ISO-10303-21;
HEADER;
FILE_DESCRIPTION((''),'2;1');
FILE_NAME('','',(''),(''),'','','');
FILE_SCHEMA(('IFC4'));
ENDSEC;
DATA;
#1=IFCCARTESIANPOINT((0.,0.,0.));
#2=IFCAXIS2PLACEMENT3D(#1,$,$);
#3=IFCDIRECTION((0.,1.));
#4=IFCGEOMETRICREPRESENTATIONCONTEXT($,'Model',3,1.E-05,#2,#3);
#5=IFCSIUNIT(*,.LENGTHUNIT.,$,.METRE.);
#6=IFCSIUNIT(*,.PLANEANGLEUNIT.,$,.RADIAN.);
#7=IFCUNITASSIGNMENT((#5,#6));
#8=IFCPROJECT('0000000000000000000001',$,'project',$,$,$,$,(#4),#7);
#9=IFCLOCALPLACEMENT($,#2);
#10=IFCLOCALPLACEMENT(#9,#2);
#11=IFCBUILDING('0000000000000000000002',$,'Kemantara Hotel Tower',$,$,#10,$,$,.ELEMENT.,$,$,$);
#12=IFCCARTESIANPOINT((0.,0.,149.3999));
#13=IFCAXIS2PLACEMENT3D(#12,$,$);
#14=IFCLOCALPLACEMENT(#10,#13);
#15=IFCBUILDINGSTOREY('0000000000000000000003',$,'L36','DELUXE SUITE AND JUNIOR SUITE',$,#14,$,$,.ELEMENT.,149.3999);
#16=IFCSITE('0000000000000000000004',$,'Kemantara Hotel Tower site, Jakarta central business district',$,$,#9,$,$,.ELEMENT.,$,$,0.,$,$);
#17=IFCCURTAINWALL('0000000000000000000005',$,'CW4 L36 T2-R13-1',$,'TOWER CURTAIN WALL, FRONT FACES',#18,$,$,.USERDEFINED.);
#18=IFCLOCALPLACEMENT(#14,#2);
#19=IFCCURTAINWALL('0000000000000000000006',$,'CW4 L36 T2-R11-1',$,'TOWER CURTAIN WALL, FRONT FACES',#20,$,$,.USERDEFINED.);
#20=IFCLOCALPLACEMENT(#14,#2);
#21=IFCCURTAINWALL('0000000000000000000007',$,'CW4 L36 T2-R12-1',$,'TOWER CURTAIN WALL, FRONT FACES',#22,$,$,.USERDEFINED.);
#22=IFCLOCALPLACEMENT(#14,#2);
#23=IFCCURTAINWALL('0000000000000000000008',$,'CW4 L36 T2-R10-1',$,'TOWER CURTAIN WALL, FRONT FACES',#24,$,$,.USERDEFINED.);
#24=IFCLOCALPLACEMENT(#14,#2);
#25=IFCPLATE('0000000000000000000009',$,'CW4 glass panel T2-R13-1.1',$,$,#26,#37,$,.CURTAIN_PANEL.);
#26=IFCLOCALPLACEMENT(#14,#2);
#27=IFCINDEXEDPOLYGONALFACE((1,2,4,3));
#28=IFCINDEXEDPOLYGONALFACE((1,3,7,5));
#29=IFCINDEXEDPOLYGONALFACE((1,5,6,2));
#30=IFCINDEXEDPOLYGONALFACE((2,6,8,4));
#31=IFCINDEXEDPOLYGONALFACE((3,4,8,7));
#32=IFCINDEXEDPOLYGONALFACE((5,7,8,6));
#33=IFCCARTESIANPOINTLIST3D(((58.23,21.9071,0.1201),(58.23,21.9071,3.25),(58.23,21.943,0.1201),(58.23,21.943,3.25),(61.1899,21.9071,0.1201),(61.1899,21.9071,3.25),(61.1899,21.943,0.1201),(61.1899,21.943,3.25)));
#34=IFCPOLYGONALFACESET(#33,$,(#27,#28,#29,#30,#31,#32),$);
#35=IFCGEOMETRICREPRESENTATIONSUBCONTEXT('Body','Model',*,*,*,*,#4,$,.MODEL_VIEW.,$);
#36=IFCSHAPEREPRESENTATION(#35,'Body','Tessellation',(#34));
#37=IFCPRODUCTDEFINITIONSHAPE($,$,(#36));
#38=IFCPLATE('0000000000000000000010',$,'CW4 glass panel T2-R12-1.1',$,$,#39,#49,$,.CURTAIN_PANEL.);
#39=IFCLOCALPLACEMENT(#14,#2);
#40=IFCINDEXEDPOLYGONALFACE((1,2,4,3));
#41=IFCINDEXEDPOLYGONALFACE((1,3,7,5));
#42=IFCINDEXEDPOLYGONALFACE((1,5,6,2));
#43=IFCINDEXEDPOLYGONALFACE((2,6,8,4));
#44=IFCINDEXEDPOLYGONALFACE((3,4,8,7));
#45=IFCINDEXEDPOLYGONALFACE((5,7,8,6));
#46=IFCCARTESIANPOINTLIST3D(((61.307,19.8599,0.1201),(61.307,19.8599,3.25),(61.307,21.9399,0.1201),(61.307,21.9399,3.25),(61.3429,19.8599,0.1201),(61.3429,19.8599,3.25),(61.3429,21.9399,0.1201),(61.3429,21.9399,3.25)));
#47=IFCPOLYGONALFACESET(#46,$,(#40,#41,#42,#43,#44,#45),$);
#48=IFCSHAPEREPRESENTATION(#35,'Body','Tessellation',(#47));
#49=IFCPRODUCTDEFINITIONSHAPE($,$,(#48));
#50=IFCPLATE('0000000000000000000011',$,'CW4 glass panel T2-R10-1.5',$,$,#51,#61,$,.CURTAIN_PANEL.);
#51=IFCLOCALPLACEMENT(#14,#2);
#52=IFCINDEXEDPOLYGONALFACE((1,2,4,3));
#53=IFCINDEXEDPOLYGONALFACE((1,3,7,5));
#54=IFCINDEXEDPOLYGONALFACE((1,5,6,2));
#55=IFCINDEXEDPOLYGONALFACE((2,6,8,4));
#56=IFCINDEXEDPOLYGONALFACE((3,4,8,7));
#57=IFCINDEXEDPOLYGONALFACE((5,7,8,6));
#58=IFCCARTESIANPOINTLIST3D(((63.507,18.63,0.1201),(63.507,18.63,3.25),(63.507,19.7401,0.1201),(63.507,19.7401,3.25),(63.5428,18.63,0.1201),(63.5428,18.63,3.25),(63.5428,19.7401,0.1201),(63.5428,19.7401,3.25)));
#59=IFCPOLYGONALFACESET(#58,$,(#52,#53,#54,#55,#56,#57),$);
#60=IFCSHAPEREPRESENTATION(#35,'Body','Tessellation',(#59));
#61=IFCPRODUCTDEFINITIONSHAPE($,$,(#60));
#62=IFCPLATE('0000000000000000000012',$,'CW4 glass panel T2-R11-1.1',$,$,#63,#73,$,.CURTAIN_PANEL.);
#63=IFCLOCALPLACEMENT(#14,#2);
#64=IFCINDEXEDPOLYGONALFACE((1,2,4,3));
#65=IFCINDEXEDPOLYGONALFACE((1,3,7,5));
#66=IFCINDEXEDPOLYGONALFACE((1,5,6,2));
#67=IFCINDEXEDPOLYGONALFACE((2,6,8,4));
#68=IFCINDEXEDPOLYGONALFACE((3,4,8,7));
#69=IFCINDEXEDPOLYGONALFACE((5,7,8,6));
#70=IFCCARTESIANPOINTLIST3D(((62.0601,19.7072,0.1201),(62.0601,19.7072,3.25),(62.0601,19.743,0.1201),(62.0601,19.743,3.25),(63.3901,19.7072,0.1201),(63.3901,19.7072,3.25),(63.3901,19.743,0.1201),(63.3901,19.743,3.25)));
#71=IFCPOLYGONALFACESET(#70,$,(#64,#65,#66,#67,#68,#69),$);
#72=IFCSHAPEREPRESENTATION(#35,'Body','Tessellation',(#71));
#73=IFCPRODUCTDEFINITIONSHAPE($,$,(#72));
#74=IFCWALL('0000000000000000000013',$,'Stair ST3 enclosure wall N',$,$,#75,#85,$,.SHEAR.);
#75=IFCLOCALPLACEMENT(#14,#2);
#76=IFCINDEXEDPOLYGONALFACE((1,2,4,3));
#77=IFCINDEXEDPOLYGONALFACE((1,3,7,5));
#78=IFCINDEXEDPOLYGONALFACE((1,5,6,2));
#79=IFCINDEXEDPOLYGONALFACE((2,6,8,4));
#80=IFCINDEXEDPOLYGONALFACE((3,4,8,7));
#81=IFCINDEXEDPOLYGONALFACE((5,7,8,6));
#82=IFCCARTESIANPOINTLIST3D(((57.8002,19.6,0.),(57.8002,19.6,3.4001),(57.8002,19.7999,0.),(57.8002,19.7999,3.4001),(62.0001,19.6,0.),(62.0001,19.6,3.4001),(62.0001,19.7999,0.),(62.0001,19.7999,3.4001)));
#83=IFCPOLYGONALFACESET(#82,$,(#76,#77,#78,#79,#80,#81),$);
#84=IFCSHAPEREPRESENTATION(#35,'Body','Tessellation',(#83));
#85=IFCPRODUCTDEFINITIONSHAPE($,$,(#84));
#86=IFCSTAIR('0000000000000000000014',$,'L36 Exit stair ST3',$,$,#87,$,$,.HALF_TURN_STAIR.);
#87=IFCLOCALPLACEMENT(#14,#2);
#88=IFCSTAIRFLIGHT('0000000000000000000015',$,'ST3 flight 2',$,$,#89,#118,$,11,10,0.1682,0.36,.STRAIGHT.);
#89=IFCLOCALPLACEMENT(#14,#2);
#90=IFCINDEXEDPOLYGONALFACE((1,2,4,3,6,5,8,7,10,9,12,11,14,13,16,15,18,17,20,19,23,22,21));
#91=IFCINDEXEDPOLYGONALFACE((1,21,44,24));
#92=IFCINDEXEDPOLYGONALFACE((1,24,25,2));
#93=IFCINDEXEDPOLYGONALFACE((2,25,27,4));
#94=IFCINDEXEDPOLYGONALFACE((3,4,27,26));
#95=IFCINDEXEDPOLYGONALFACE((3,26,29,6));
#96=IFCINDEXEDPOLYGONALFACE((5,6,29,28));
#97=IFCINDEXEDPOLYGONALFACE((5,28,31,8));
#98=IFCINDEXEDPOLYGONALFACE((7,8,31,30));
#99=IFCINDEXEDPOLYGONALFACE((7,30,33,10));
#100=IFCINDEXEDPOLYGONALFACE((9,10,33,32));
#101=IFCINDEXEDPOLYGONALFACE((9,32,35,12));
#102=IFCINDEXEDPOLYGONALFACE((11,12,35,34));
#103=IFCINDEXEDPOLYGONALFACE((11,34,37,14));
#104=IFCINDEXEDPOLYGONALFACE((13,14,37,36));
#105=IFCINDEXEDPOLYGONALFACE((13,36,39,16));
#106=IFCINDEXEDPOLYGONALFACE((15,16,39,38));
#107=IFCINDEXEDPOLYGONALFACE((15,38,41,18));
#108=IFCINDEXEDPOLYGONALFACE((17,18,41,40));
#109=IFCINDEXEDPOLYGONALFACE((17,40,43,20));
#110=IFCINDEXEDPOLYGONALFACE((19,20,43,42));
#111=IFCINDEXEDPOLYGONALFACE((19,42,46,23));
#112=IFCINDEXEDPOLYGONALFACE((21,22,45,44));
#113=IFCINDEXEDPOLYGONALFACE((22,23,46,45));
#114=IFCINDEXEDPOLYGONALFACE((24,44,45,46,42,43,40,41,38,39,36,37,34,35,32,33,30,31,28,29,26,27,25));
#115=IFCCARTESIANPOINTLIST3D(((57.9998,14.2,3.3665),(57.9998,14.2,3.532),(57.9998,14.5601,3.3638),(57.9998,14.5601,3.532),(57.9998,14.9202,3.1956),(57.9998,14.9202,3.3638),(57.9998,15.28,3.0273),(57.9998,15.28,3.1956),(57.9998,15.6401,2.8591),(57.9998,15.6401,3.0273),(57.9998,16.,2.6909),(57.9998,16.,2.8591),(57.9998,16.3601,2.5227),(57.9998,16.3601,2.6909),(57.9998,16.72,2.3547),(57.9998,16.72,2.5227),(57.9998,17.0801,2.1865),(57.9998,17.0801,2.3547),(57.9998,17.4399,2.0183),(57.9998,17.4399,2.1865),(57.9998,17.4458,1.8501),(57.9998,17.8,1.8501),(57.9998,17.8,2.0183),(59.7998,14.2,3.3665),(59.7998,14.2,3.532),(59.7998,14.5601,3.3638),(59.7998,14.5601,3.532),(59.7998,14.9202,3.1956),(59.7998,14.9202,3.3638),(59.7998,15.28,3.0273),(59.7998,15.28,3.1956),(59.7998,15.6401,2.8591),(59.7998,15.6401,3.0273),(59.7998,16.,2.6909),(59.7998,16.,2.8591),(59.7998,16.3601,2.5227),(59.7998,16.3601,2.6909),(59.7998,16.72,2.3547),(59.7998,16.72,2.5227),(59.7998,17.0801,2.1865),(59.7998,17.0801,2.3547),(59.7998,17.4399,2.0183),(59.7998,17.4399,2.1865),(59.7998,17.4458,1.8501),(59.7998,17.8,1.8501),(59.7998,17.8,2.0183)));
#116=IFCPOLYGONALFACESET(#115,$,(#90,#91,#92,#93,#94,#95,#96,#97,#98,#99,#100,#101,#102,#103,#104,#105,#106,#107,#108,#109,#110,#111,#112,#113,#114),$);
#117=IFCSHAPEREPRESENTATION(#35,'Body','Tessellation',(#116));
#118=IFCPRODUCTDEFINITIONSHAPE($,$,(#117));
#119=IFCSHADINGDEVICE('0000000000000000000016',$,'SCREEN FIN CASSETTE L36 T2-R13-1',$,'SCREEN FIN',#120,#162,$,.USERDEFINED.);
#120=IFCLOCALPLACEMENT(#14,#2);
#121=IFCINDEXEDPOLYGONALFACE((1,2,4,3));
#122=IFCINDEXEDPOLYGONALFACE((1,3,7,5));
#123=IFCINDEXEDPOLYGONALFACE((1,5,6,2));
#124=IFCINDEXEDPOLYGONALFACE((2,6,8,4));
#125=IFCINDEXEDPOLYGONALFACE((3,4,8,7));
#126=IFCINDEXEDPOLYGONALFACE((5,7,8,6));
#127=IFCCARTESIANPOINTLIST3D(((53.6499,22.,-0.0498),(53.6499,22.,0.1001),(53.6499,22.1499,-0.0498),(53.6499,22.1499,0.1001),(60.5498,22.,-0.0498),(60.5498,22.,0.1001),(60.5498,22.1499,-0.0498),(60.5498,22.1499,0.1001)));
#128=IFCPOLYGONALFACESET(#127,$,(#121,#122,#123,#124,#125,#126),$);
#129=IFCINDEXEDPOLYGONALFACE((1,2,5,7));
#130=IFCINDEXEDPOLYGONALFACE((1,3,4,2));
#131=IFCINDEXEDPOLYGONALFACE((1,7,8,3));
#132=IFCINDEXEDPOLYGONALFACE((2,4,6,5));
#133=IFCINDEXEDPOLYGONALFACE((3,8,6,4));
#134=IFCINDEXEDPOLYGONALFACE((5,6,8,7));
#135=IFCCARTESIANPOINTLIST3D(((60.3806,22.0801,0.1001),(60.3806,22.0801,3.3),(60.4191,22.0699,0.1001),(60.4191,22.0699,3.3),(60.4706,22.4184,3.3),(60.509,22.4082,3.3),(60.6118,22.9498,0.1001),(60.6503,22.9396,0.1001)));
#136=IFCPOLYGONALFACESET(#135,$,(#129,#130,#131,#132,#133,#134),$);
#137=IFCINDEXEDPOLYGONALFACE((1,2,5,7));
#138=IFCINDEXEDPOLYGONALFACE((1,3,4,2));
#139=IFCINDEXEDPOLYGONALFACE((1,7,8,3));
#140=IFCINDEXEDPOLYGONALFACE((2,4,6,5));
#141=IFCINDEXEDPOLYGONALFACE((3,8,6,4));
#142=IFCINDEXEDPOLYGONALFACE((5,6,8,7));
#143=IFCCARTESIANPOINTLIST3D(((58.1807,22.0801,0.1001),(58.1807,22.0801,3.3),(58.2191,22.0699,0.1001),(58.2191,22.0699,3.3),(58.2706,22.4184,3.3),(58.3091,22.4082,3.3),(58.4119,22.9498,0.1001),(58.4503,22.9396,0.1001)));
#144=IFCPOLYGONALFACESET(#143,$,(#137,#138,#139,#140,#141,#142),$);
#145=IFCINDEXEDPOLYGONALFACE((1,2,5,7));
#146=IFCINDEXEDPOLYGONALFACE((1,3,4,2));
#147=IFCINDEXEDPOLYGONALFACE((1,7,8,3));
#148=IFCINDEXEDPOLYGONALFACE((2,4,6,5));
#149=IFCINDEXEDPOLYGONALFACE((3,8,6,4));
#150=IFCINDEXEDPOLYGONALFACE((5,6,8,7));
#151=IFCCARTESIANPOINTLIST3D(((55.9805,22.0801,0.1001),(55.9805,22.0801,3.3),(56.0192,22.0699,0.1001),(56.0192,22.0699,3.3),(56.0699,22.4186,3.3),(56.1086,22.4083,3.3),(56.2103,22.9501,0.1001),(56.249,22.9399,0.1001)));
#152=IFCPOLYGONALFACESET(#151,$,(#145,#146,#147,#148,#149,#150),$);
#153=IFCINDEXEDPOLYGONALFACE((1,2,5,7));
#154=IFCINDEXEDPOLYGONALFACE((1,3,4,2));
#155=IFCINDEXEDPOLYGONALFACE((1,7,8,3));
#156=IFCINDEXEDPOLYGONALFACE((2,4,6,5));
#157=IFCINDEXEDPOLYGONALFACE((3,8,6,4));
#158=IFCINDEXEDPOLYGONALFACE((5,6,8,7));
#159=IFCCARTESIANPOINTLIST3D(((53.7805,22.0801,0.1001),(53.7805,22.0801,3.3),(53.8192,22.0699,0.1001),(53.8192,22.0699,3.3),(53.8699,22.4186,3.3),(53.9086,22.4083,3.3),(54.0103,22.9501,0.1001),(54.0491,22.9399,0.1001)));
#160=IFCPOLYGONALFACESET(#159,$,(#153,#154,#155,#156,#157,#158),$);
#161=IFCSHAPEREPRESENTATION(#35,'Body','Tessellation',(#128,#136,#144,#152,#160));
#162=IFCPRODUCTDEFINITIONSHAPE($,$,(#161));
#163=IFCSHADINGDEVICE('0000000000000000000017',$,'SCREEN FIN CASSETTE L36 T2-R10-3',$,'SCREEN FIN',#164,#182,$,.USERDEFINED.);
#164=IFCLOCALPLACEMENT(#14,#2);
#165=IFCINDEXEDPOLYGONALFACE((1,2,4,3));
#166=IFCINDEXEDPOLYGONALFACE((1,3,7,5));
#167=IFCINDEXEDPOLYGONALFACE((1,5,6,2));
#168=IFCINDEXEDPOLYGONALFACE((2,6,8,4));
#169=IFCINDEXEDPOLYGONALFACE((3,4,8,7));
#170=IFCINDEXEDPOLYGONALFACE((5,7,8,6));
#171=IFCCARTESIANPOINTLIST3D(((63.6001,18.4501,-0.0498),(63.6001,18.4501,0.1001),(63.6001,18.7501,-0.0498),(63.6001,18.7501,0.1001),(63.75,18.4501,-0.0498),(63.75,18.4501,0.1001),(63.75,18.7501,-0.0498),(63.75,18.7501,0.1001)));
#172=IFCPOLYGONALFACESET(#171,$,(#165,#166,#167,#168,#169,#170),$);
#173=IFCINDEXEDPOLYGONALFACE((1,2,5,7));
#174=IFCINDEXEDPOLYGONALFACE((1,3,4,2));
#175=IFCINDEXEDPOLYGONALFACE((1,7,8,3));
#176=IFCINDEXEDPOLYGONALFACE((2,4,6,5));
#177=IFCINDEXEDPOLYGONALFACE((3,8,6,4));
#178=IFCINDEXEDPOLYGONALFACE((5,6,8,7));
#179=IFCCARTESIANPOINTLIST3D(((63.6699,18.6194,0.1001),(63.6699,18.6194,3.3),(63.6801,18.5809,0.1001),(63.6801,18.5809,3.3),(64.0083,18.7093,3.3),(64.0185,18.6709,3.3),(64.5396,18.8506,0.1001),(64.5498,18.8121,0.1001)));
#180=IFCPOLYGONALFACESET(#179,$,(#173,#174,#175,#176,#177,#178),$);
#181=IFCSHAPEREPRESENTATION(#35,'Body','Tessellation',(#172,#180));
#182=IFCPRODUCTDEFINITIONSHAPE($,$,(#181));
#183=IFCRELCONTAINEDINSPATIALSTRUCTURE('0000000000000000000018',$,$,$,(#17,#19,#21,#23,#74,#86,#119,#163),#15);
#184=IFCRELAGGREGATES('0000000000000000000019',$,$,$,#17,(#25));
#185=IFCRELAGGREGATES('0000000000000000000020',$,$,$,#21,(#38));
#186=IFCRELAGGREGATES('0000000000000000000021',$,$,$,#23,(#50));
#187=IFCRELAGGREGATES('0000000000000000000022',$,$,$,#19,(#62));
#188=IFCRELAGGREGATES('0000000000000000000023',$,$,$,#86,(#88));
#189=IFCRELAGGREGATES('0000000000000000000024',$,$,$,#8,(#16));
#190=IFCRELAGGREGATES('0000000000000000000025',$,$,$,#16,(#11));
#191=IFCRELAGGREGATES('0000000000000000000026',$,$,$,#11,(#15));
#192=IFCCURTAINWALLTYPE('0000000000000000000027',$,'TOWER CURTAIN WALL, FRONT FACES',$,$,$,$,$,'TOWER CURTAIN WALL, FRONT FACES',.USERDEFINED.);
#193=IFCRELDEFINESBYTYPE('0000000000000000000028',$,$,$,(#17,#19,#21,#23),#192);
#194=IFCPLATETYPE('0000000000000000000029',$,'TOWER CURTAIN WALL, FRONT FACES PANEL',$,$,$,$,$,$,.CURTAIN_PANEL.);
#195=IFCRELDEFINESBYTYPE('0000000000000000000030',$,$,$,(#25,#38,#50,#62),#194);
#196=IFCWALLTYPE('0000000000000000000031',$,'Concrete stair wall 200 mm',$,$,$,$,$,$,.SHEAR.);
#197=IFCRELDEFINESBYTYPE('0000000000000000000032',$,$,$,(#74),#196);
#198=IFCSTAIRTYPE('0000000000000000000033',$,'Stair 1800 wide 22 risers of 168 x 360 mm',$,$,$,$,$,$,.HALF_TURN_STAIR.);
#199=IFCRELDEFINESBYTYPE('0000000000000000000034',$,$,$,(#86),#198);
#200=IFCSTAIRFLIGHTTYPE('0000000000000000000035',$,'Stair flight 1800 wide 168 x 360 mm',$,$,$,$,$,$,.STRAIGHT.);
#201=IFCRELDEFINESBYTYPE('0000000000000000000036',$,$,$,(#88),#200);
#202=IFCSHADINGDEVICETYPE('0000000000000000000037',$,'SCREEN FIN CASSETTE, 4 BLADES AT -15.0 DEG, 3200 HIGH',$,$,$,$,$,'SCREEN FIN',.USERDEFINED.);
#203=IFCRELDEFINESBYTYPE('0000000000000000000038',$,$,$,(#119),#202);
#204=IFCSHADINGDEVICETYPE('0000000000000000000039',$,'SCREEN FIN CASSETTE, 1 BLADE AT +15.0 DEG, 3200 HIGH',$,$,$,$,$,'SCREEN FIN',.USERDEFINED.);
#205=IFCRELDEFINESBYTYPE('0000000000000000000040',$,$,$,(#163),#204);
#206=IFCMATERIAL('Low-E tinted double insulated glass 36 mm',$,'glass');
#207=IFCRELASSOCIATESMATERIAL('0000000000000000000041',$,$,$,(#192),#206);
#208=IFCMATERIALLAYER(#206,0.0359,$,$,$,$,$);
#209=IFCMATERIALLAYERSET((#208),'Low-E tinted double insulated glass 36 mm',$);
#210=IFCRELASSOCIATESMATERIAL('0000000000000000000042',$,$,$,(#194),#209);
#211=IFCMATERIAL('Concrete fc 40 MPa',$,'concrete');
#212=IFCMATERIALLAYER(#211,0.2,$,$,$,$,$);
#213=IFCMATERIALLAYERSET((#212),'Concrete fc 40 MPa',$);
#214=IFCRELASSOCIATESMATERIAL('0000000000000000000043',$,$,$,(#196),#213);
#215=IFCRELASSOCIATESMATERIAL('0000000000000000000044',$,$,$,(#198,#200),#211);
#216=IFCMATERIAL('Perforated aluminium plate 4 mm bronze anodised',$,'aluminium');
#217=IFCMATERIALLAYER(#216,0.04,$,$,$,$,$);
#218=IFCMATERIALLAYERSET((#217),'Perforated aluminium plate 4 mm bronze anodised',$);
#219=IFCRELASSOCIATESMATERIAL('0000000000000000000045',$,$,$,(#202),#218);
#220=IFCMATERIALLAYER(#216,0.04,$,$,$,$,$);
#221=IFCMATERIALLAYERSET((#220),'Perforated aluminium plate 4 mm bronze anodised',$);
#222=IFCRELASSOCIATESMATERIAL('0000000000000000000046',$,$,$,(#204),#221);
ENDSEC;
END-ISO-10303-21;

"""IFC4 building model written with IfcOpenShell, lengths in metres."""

from ifc_helpers import new_model, si_unit, direction, frame, frame_2d, origin, origin_2d, place, context, subcontext, project, spatial, polyline, rectangle, outline, extrude, source, transform, mapped, material, layer, layer_set, type_object, element, aggregate, save


model = new_model("IFC4")

# Units and contexts
model_context = context("Model", 3, precision=1e-05, world=origin(), true_north=direction((0.0, 1.0)))
body_context = subcontext(model_context, "Body", "Model", "MODEL_VIEW")
ifc_project = project(units=[si_unit("LENGTHUNIT", "METRE"), si_unit("PLANEANGLEUNIT", "RADIAN")], contexts=[model_context])

# Site, building, storey
site_placement = place(None, origin())
site = spatial("IfcSite", under=ifc_project, at=site_placement, Name="Kemantara Hotel Tower site, Jakarta central business district", CompositionType="ELEMENT", RefElevation=0.0)
building_placement = place(site_placement, origin())
building = spatial("IfcBuilding", under=site, at=building_placement, Name="Kemantara Hotel Tower", CompositionType="ELEMENT")
storey_placement = place(building_placement, frame((0.0, 0.0, 149.3999)))
storey = spatial("IfcBuildingStorey", under=building, at=storey_placement, Name="L36", Description="DELUXE SUITE AND JUNIOR SUITE", CompositionType="ELEMENT", Elevation=149.3999)

# Curtain walls
ifc_material_1 = material(Name="Low-E tinted double insulated glass 36 mm", Category="glass")
curtain_wall_type = type_object("IfcCurtainWallType", Name="TOWER CURTAIN WALL, FRONT FACES", ElementType="TOWER CURTAIN WALL, FRONT FACES", PredefinedType="USERDEFINED", material=ifc_material_1)
curtain_wall_1_placement = place(storey_placement, origin())
curtain_wall_1 = element("IfcCurtainWall", 1, at=curtain_wall_1_placement, inside=storey, type_object=curtain_wall_type, Name="CW4 L36 T2-R13-1", ObjectType="TOWER CURTAIN WALL, FRONT FACES", PredefinedType="USERDEFINED")
curtain_wall_2_placement = place(storey_placement, origin())
curtain_wall_2 = element("IfcCurtainWall", 2, at=curtain_wall_2_placement, inside=storey, type_object=curtain_wall_type, Name="CW4 L36 T2-R11-1", ObjectType="TOWER CURTAIN WALL, FRONT FACES", PredefinedType="USERDEFINED")
curtain_wall_3_placement = place(storey_placement, origin())
curtain_wall_3 = element("IfcCurtainWall", 3, at=curtain_wall_3_placement, inside=storey, type_object=curtain_wall_type, Name="CW4 L36 T2-R12-1", ObjectType="TOWER CURTAIN WALL, FRONT FACES", PredefinedType="USERDEFINED")

# Curtain wall
curtain_wall_4_placement = place(storey_placement, origin())
curtain_wall_4 = element("IfcCurtainWall", 4, at=curtain_wall_4_placement, inside=storey, type_object=curtain_wall_type, Name="CW4 L36 T2-R10-1", ObjectType="TOWER CURTAIN WALL, FRONT FACES", PredefinedType="USERDEFINED")

# Plates
ifc_layer_1 = layer(ifc_material_1, 0.0359)
ifc_layer_set_1 = layer_set([ifc_layer_1], Name="Low-E tinted double insulated glass 36 mm")
plate_type = type_object("IfcPlateType", Name="TOWER CURTAIN WALL, FRONT FACES PANEL", PredefinedType="CURTAIN_PANEL", material=ifc_layer_set_1)
shared_shape_1 = source(origin(), body_context, "Body", "SweptSolid", [
    extrude(rectangle(XDim=2.96, YDim=0.0359, at=origin_2d()), origin(), (0.0, 0.0, 1.0), 3.1299),
])
plate_1_placement = place(storey_placement, frame((59.71, 21.925, 0.1201), z_axis=(0.0, 0.0, 1.0), x_axis=(-1.0, 0.0, 0.0)))
plate_1 = element("IfcPlate", 5, at=plate_1_placement, type_object=plate_type, Name="CW4 glass panel T2-R13-1.1", PredefinedType="CURTAIN_PANEL", context=body_context, shape_type="MappedRepresentation", body=[
    mapped(shared_shape_1, transform((0.0, 0.0, 0.0))),
])
aggregate(curtain_wall_1, [plate_1])
shared_shape_2 = source(origin(), body_context, "Body", "SweptSolid", [
    extrude(rectangle(XDim=2.0801, YDim=0.0359, at=origin_2d()), origin(), (0.0, 0.0, 1.0), 3.1299),
])
plate_2_placement = place(storey_placement, frame((61.325, 20.8999, 0.1201), z_axis=(0.0, 0.0, 1.0), x_axis=(0.0, 1.0, 0.0)))
plate_2 = element("IfcPlate", 6, at=plate_2_placement, type_object=plate_type, Name="CW4 glass panel T2-R12-1.1", PredefinedType="CURTAIN_PANEL", context=body_context, shape_type="MappedRepresentation", body=[
    mapped(shared_shape_2, transform((0.0, 0.0, 0.0))),
])
aggregate(curtain_wall_3, [plate_2])
shared_shape_3 = source(origin(), body_context, "Body", "SweptSolid", [
    extrude(rectangle(XDim=1.1101, YDim=0.0359, at=origin_2d()), origin(), (0.0, 0.0, 1.0), 3.1299),
])
plate_3_placement = place(storey_placement, frame((63.5249, 19.1851, 0.1201), z_axis=(0.0, 0.0, 1.0), x_axis=(0.0, 1.0, 0.0)))
plate_3 = element("IfcPlate", 7, at=plate_3_placement, type_object=plate_type, Name="CW4 glass panel T2-R10-1.5", PredefinedType="CURTAIN_PANEL", context=body_context, shape_type="MappedRepresentation", body=[
    mapped(shared_shape_3, transform((0.0, 0.0, 0.0))),
])
aggregate(curtain_wall_4, [plate_3])
shared_shape_4 = source(origin(), body_context, "Body", "SweptSolid", [
    extrude(rectangle(XDim=1.3301, YDim=0.0359, at=origin_2d()), origin(), (0.0, 0.0, 1.0), 3.1299),
])
plate_4_placement = place(storey_placement, frame((62.7251, 19.7251, 0.1201), z_axis=(0.0, 0.0, 1.0), x_axis=(-1.0, 0.0, 0.0)))
plate_4 = element("IfcPlate", 8, at=plate_4_placement, type_object=plate_type, Name="CW4 glass panel T2-R11-1.1", PredefinedType="CURTAIN_PANEL", context=body_context, shape_type="MappedRepresentation", body=[
    mapped(shared_shape_4, transform((0.0, 0.0, 0.0))),
])
aggregate(curtain_wall_2, [plate_4])

# Wall
ifc_material_2 = material(Name="Concrete fc 40 MPa", Category="concrete")
ifc_layer_2 = layer(ifc_material_2, 0.2)
ifc_layer_set_2 = layer_set([ifc_layer_2], Name="Concrete fc 40 MPa")
wall_type = type_object("IfcWallType", Name="Concrete stair wall 200 mm", PredefinedType="SHEAR", material=ifc_layer_set_2)
wall_placement = place(storey_placement, frame((57.8, 19.7, 0.0), z_axis=(0.0, 0.0, 1.0), x_axis=(1.0, 0.0, 0.0)))
element("IfcWall", 9, at=wall_placement, inside=storey, type_object=wall_type, Name="Stair ST3 enclosure wall N", PredefinedType="SHEAR", context=body_context, shape_type="SweptSolid", body=[
    extrude(rectangle(XDim=4.2, YDim=0.2, at=frame_2d((2.1001, 0.0))), origin(), (0.0, 0.0, 1.0), 3.4001),
])

# Stair, stair flight
stair_type = type_object("IfcStairType", Name="Stair 1800 wide 22 risers of 168 x 360 mm", PredefinedType="HALF_TURN_STAIR", material=ifc_material_2)
stair_placement = place(storey_placement, origin())
stair = element("IfcStair", 10, at=stair_placement, inside=storey, type_object=stair_type, Name="L36 Exit stair ST3", PredefinedType="HALF_TURN_STAIR")
stair_flight_type = type_object("IfcStairFlightType", Name="Stair flight 1800 wide 168 x 360 mm", PredefinedType="STRAIGHT", material=ifc_material_2)
stair_flight_placement = place(storey_placement, frame((58.8999, 17.8, 1.8501), z_axis=(0.0, 0.0, 1.0), x_axis=(0.0, -1.0, 0.0)))
stair_flight = element("IfcStairFlight", 11, at=stair_flight_placement, type_object=stair_flight_type, Name="ST3 flight 2", NumberOfRisers=11, NumberOfTreads=10, PredefinedType="STRAIGHT", RiserHeight=0.1682, TreadLength=0.36, context=body_context, shape_type="SweptSolid", body=[
    extrude(outline(polyline([(0.0, 0.0), (0.0, 0.1682), (0.3601, 0.1682), (0.3601, 0.3364), (0.72, 0.3364), (0.72, 0.5046), (1.0801, 0.5046), (1.0801, 0.6726), (1.4399, 0.6726), (1.4399, 0.8408), (1.8, 0.8408), (1.8, 1.009), (2.1599, 1.009), (2.1599, 1.1772), (2.52, 1.1772), (2.52, 1.3455), (2.8799, 1.3455), (2.8799, 1.5137), (3.24, 1.5137), (3.24, 1.6819), (3.6001, 1.6819), (3.6001, 1.8501), (3.6001, 1.5164), (0.3542, 0.0), (0.0, 0.0)])), frame((0.0, 0.8999, 0.0), z_axis=(0.0, -1.0, 0.0), x_axis=(1.0, 0.0, 0.0)), (0.0, 0.0, 1.0), 1.8),
])
aggregate(stair, [stair_flight])

# Shading devices
ifc_material_3 = material(Name="Perforated aluminium plate 4 mm bronze anodised", Category="aluminium")
ifc_layer_3 = layer(ifc_material_3, 0.04)
ifc_layer_set_3 = layer_set([ifc_layer_3], Name="Perforated aluminium plate 4 mm bronze anodised")
shading_device_type_1 = type_object("IfcShadingDeviceType", Name="SCREEN FIN CASSETTE, 4 BLADES AT -15.0 DEG, 3200 HIGH", ElementType="SCREEN FIN", PredefinedType="USERDEFINED", material=ifc_layer_set_3)
shared_shape_5 = source(origin(), body_context, "Body", "SweptSolid", [
    extrude(rectangle(XDim=6.8999, YDim=0.1499, at=origin_2d()), frame((3.3, -0.075, -0.1499), z_axis=(0.0, 0.0, 1.0), x_axis=(1.0, 0.0, 0.0)), (0.0, 0.0, 1.0), 0.1499),
    extrude(outline(polyline([(0.0, 0.0), (0.8999, 0.0), (0.3501, 3.2), (0.0, 3.2), (0.0, 0.0)])), frame((0.0193, -0.0801, 0.0), z_axis=(-0.966438, 0.256901, 0.0), x_axis=(-0.256901, -0.966438, 0.0)), (0.0, 0.0, 1.0), 0.0398),
    extrude(outline(polyline([(0.0, 0.0), (0.8999, 0.0), (0.3501, 3.2), (0.0, 3.2), (0.0, 0.0)])), frame((2.2192, -0.0801, 0.0), z_axis=(-0.966438, 0.256901, 0.0), x_axis=(-0.256901, -0.966438, 0.0)), (0.0, 0.0, 1.0), 0.0398),
    extrude(outline(polyline([(0.0, 0.0), (0.8999, 0.0), (0.3501, 3.2), (0.0, 3.2), (0.0, 0.0)])), frame((4.4194, -0.0801, 0.0), z_axis=(-0.966838, 0.255391, 0.0), x_axis=(-0.255391, -0.966838, 0.0)), (0.0, 0.0, 1.0), 0.04),
    extrude(outline(polyline([(0.0, 0.0), (0.8999, 0.0), (0.3501, 3.2), (0.0, 3.2), (0.0, 0.0)])), frame((6.6194, -0.0801, 0.0), z_axis=(-0.966838, 0.255391, 0.0), x_axis=(-0.255391, -0.966838, 0.0)), (0.0, 0.0, 1.0), 0.04),
])
shading_device_1_placement = place(storey_placement, frame((60.3999, 22.0, 0.1001), z_axis=(0.0, 0.0, 1.0), x_axis=(-1.0, 0.0, 0.0)))
element("IfcShadingDevice", 12, at=shading_device_1_placement, inside=storey, type_object=shading_device_type_1, Name="SCREEN FIN CASSETTE L36 T2-R13-1", ObjectType="SCREEN FIN", PredefinedType="USERDEFINED", context=body_context, shape_type="MappedRepresentation", body=[
    mapped(shared_shape_5, transform((0.0, 0.0, 0.0))),
])
ifc_layer_4 = layer(ifc_material_3, 0.04)
ifc_layer_set_4 = layer_set([ifc_layer_4], Name="Perforated aluminium plate 4 mm bronze anodised")
shading_device_type_2 = type_object("IfcShadingDeviceType", Name="SCREEN FIN CASSETTE, 1 BLADE AT +15.0 DEG, 3200 HIGH", ElementType="SCREEN FIN", PredefinedType="USERDEFINED", material=ifc_layer_set_4)
shared_shape_6 = source(origin(), body_context, "Body", "SweptSolid", [
    extrude(rectangle(XDim=0.3, YDim=0.1499, at=origin_2d()), frame((0.0, -0.075, -0.1499), z_axis=(0.0, 0.0, 1.0), x_axis=(1.0, 0.0, 0.0)), (0.0, 0.0, 1.0), 0.1499),
    extrude(outline(polyline([(0.0, 0.0), (0.8999, 0.0), (0.3501, 3.2), (0.0, 3.2), (0.0, 0.0)])), frame((0.0193, -0.0698, 0.0), z_axis=(-0.966438, -0.256901, 0.0), x_axis=(0.256901, -0.966438, 0.0)), (0.0, 0.0, 1.0), 0.0398),
])
shading_device_2_placement = place(storey_placement, frame((63.6001, 18.6001, 0.1001), z_axis=(0.0, 0.0, 1.0), x_axis=(0.0, 1.0, 0.0)))
element("IfcShadingDevice", 13, at=shading_device_2_placement, inside=storey, type_object=shading_device_type_2, Name="SCREEN FIN CASSETTE L36 T2-R10-3", ObjectType="SCREEN FIN", PredefinedType="USERDEFINED", context=body_context, shape_type="MappedRepresentation", body=[
    mapped(shared_shape_6, transform((0.0, 0.0, 0.0))),
])

save(model, "model.ifc")
